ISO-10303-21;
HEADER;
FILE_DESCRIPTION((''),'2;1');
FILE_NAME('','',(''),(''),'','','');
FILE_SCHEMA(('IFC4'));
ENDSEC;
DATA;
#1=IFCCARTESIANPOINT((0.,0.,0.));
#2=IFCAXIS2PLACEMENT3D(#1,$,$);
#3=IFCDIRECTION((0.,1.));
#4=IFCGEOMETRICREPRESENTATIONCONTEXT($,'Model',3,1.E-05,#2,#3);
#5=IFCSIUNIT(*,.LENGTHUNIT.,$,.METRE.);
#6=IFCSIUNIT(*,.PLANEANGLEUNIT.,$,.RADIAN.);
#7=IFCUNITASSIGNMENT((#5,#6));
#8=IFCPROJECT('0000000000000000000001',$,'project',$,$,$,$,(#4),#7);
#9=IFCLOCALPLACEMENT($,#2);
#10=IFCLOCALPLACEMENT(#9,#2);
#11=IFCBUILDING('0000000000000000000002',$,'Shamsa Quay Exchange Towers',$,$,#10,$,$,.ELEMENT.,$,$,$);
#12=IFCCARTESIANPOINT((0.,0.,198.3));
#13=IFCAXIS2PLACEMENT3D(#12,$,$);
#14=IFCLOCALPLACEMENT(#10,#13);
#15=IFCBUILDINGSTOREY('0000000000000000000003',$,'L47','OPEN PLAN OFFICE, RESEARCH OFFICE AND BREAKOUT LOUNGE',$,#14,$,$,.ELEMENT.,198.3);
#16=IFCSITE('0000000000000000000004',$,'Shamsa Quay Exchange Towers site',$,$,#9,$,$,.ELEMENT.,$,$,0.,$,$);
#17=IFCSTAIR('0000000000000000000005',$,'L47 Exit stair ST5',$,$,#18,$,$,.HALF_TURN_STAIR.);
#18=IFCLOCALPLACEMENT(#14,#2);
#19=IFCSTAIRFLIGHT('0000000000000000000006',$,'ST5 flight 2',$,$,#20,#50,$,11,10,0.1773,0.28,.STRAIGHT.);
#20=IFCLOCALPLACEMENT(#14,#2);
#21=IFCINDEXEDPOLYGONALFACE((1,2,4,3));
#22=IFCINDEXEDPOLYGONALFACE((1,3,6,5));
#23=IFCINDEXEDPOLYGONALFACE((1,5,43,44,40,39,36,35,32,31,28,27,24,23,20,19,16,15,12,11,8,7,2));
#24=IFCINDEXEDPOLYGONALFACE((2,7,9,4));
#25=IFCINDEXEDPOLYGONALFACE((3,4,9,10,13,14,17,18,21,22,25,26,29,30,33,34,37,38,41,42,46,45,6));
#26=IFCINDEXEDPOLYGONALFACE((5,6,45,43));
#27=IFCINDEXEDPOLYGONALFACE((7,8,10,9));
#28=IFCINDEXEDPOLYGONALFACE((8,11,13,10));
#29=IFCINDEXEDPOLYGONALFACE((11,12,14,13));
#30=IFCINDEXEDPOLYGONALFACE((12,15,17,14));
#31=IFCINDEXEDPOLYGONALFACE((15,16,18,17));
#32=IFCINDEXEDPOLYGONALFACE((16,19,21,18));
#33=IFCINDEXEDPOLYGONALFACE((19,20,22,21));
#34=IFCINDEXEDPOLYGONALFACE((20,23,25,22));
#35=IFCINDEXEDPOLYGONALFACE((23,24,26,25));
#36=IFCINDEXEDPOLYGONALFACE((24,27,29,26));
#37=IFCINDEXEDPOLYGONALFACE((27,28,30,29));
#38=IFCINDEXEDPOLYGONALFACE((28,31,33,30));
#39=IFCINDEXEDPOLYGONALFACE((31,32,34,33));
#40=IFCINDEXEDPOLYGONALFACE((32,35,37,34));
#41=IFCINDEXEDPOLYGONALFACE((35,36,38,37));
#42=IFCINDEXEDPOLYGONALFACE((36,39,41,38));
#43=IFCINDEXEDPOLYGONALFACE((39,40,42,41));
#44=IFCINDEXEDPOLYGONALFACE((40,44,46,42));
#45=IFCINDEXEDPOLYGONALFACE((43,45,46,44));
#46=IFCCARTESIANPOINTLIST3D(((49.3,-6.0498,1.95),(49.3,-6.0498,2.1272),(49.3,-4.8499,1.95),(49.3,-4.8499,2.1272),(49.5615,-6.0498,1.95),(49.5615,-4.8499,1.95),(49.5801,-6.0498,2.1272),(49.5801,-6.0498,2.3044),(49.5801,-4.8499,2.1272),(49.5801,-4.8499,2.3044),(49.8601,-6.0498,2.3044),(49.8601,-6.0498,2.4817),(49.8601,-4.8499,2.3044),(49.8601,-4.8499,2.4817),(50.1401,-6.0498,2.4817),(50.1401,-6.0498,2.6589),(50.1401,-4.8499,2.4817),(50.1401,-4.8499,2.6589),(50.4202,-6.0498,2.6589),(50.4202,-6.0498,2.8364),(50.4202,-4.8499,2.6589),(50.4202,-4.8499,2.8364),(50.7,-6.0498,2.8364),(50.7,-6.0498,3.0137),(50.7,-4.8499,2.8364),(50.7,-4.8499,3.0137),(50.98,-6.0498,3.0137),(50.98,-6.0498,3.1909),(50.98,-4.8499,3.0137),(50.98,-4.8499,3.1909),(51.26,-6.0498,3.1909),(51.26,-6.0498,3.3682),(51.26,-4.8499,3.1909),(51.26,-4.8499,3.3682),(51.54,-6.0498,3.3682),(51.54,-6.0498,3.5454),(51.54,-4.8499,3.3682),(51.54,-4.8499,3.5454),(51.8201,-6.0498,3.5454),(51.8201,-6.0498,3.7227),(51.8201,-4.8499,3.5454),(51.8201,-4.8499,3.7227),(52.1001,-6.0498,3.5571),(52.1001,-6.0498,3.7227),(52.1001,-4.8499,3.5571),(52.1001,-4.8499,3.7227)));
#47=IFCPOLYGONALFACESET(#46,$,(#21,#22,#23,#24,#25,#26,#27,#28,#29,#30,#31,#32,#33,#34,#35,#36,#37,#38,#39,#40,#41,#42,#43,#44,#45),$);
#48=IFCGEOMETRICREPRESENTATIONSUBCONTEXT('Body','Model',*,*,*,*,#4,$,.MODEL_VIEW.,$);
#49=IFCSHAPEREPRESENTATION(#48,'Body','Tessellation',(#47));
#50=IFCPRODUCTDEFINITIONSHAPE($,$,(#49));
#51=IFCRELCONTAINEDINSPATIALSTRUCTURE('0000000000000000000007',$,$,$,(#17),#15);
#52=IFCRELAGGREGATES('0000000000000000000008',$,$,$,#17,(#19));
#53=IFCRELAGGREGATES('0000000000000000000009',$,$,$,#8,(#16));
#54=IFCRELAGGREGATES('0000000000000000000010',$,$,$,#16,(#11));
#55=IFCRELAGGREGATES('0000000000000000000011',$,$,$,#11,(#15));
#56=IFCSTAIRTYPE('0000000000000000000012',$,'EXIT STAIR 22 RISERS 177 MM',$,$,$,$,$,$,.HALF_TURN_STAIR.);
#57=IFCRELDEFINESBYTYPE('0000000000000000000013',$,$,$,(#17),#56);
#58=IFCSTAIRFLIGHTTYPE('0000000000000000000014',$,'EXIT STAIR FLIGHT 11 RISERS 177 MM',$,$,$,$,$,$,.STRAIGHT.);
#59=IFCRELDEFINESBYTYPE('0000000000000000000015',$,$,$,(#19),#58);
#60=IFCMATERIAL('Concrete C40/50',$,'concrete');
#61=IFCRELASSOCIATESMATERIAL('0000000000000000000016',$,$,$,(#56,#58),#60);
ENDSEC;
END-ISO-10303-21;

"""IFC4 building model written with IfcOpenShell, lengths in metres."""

from ifc_helpers import new_model, si_unit, direction, frame, origin, place, context, subcontext, project, spatial, polyline, outline, extrude, material, type_object, element, aggregate, save


model = new_model("IFC4")

# Units and contexts
model_context = context("Model", 3, precision=1e-05, world=origin(), true_north=direction((0.0, 1.0)))
body_context = subcontext(model_context, "Body", "Model", "MODEL_VIEW")
ifc_project = project(units=[si_unit("LENGTHUNIT", "METRE"), si_unit("PLANEANGLEUNIT", "RADIAN")], contexts=[model_context])

# Site, building, storey
site_placement = place(None, origin())
site = spatial("IfcSite", under=ifc_project, at=site_placement, Name="Shamsa Quay Exchange Towers site", CompositionType="ELEMENT", RefElevation=0.0)
building_placement = place(site_placement, origin())
building = spatial("IfcBuilding", under=site, at=building_placement, Name="Shamsa Quay Exchange Towers", CompositionType="ELEMENT")
storey_placement = place(building_placement, frame((0.0, 0.0, 198.3)))
storey = spatial("IfcBuildingStorey", under=building, at=storey_placement, Name="L47", Description="OPEN PLAN OFFICE, RESEARCH OFFICE AND BREAKOUT LOUNGE", CompositionType="ELEMENT", Elevation=198.3)

# Stair, stair flight
ifc_material_1 = material(Name="Concrete C40/50", Category="concrete")
stair_type = type_object("IfcStairType", Name="EXIT STAIR 22 RISERS 177 MM", PredefinedType="HALF_TURN_STAIR", material=ifc_material_1)
stair_placement = place(storey_placement, origin())
stair = element("IfcStair", 1, at=stair_placement, inside=storey, type_object=stair_type, Name="L47 Exit stair ST5", PredefinedType="HALF_TURN_STAIR")
stair_flight_type = type_object("IfcStairFlightType", Name="EXIT STAIR FLIGHT 11 RISERS 177 MM", PredefinedType="STRAIGHT", material=ifc_material_1)
stair_flight_1_placement = place(storey_placement, frame((49.3, -5.45, 1.95)))
stair_flight_1 = element("IfcStairFlight", 2, at=stair_flight_1_placement, type_object=stair_flight_type, Name="ST5 flight 2", NumberOfRisers=11, NumberOfTreads=10, PredefinedType="STRAIGHT", RiserHeight=0.1773, TreadLength=0.28, context=body_context, shape_type="SweptSolid", body=[
    extrude(outline(polyline([(0.0, 0.0), (0.0, 0.1772), (0.28, 0.1772), (0.28, 0.3545), (0.5601, 0.3545), (0.5601, 0.5317), (0.8401, 0.5317), (0.8401, 0.709), (1.1201, 0.709), (1.1201, 0.8865), (1.3999, 0.8865), (1.3999, 1.0637), (1.6799, 1.0637), (1.6799, 1.241), (1.96, 1.241), (1.96, 1.4182), (2.24, 1.4182), (2.24, 1.5955), (2.52, 1.5955), (2.52, 1.7727), (2.8, 1.7727), (2.8, 1.95), (2.8, 1.6072), (0.2615, 0.0), (0.0, 0.0)])), frame((0.0, 0.6001, 0.0), z_axis=(0.0, -1.0, 0.0), x_axis=(1.0, 0.0, 0.0)), (0.0, 0.0, 1.0), 1.2),
])
aggregate(stair, [stair_flight_1])

save(model, "model.ifc")
